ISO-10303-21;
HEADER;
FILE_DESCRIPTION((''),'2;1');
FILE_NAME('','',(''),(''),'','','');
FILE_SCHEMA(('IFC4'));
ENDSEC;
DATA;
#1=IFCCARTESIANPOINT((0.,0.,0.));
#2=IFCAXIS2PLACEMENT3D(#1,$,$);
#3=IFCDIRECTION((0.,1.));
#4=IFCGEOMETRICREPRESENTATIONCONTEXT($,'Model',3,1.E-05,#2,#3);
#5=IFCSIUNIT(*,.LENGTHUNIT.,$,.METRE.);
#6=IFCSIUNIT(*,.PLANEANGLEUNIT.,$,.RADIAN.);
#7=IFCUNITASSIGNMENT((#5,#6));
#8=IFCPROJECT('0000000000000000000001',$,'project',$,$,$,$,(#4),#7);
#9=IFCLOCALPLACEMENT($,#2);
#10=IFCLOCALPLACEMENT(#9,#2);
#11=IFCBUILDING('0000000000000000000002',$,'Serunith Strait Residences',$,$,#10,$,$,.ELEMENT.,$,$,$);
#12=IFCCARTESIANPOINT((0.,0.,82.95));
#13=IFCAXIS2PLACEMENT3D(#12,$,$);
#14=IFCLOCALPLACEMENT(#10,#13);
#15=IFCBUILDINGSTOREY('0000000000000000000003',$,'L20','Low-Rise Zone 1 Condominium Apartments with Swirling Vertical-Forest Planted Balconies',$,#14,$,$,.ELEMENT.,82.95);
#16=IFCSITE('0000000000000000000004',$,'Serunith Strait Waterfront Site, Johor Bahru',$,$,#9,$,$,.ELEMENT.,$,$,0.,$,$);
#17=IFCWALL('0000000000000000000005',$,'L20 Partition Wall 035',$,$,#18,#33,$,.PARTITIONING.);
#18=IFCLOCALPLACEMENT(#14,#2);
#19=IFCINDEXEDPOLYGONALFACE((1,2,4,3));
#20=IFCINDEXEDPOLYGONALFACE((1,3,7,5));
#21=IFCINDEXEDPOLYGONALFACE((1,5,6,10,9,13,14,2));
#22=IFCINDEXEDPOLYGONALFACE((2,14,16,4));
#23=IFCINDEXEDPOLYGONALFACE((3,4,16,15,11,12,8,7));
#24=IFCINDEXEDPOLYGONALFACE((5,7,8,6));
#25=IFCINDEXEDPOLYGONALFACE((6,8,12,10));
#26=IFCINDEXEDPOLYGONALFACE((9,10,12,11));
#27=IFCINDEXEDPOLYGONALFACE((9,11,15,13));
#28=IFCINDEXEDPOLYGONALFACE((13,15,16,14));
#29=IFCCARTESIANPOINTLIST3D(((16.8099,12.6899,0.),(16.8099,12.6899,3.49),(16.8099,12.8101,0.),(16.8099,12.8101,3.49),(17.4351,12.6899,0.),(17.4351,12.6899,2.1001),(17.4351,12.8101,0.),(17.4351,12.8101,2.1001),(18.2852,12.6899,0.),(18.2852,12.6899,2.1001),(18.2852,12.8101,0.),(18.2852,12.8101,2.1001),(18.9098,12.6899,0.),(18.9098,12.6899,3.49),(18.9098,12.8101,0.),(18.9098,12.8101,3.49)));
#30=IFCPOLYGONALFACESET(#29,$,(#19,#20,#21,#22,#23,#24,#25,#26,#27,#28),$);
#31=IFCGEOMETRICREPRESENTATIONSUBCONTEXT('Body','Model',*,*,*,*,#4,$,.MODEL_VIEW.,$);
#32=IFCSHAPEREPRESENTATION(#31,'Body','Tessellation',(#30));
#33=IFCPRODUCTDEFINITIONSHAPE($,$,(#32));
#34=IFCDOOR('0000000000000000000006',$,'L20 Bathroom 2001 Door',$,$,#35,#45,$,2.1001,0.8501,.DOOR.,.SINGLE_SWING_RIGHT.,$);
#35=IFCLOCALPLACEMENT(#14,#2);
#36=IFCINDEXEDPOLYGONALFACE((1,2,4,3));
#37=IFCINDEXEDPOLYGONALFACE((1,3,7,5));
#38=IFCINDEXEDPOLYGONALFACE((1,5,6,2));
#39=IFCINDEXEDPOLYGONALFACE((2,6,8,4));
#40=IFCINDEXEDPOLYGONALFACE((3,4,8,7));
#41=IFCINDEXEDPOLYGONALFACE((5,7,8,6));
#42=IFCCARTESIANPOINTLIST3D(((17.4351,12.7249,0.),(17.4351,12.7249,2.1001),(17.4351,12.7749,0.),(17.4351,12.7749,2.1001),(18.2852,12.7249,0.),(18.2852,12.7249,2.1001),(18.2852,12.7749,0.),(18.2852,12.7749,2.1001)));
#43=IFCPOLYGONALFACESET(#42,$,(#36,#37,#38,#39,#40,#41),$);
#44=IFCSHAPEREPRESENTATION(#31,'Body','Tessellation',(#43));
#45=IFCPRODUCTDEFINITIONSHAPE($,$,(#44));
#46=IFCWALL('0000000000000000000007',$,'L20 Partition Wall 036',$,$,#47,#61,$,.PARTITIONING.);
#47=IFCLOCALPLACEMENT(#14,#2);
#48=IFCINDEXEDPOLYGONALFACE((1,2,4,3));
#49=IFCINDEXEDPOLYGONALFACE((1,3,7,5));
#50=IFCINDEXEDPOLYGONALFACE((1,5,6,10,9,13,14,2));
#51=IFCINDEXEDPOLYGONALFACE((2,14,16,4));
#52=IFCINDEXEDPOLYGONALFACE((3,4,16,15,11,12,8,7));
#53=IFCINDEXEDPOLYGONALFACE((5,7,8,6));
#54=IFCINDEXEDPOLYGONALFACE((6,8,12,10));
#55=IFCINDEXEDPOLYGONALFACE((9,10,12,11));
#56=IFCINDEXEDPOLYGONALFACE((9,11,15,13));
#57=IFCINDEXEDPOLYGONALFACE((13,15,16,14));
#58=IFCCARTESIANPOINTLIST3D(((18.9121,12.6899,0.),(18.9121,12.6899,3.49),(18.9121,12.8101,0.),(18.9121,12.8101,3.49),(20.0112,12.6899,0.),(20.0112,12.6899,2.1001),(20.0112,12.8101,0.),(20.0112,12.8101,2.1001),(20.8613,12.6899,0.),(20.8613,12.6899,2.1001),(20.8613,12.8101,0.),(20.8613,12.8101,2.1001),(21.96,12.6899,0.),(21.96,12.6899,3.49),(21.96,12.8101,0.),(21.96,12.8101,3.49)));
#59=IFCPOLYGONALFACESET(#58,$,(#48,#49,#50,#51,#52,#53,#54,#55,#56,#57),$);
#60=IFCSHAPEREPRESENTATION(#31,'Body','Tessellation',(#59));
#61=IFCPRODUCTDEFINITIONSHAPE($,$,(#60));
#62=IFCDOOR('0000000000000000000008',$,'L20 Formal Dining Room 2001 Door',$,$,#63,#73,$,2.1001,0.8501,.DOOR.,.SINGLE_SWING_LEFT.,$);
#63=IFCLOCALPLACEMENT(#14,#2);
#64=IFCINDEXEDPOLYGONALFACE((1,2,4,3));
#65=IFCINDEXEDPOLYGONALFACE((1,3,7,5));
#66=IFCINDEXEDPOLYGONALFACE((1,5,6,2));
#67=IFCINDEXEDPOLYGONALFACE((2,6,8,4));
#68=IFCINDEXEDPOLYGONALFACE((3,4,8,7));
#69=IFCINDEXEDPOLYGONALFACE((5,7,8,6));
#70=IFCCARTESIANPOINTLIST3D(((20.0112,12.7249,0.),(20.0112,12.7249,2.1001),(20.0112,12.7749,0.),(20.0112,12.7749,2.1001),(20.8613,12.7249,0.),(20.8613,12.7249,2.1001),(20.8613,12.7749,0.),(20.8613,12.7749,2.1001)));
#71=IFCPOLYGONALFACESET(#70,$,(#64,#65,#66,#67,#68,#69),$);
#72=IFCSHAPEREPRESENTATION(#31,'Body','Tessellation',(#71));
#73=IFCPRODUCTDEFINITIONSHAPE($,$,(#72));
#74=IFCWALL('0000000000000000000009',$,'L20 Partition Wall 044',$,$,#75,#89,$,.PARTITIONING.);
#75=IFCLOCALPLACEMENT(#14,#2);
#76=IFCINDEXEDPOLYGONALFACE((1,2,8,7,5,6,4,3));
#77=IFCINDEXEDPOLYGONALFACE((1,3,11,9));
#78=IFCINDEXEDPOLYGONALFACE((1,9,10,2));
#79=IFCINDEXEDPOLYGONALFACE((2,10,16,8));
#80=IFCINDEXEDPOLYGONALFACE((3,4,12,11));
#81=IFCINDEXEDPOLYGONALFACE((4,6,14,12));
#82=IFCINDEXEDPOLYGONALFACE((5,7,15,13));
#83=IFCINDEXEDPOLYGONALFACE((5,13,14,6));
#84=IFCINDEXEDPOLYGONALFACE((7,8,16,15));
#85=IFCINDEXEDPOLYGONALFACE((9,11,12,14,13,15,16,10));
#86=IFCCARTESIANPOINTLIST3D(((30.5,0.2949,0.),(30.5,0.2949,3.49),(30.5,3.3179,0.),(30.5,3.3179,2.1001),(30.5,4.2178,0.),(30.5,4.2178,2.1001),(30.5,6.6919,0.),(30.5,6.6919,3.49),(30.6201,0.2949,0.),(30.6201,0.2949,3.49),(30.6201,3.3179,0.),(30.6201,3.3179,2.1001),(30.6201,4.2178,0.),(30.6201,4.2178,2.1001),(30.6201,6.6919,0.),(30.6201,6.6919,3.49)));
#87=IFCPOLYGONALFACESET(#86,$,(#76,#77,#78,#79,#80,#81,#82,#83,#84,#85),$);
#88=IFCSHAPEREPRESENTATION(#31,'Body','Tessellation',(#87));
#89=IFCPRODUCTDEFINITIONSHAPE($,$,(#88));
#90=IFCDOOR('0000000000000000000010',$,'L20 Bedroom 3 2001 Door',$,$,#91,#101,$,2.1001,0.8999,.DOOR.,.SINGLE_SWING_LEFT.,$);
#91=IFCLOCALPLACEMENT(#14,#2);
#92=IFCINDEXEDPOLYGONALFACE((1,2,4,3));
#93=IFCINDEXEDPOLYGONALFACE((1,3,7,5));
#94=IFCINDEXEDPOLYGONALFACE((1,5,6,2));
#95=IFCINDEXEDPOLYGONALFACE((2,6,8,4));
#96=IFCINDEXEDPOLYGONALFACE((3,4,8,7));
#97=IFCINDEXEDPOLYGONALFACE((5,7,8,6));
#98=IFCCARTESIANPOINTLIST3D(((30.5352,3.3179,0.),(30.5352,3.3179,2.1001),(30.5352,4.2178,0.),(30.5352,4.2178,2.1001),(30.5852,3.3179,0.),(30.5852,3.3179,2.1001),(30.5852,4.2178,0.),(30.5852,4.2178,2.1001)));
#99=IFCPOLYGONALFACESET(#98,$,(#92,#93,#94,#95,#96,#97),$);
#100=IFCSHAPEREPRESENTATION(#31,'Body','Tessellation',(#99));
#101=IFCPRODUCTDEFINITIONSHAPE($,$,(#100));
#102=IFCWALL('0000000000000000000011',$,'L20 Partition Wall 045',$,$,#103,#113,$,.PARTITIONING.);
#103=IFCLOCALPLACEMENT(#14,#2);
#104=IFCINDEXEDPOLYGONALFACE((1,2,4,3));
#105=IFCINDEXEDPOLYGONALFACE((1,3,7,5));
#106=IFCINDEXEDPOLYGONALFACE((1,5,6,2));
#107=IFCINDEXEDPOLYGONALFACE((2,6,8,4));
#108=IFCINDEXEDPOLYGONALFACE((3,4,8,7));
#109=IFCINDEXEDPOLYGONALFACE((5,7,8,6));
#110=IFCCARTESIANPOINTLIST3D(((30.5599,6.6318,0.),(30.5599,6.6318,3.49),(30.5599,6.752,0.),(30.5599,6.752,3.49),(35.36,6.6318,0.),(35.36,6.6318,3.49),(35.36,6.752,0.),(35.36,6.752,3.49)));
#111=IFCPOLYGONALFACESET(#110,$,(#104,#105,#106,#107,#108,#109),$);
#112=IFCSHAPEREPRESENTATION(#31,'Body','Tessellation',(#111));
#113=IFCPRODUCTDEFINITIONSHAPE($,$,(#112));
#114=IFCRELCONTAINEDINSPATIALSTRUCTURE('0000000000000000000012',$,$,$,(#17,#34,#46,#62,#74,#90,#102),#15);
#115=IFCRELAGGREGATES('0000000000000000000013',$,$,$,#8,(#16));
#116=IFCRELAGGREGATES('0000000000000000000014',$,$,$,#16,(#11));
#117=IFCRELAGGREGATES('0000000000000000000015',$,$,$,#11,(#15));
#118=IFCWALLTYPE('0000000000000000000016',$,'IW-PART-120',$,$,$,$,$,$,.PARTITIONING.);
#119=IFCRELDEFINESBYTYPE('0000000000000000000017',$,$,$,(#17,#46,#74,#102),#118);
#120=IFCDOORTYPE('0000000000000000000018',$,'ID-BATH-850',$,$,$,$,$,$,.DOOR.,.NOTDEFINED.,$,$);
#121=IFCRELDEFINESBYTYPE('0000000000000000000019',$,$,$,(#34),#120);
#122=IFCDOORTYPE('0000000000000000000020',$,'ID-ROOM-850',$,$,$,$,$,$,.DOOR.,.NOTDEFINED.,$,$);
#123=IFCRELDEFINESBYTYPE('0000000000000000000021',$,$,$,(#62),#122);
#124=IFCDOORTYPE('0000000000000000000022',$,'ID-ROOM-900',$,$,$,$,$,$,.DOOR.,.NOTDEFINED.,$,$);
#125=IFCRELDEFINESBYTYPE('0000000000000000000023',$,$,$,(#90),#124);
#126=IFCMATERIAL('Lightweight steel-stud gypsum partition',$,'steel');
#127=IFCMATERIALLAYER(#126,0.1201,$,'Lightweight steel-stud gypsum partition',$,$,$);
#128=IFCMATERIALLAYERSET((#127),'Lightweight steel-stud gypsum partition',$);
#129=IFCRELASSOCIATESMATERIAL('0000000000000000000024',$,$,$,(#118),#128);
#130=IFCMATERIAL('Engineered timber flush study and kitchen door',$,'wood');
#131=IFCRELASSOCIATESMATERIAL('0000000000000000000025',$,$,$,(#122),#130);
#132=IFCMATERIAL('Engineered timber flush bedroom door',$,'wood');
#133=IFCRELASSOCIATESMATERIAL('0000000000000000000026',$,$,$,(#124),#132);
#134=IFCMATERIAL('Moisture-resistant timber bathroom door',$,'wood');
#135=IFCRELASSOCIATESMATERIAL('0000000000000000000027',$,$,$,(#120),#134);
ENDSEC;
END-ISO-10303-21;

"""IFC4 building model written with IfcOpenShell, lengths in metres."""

from ifc_helpers import new_model, si_unit, direction, frame, frame_2d, origin, place, context, subcontext, project, spatial, rectangle, extrude, source, transform, mapped, material, layer, layer_set, type_object, element, fill, save


model = new_model("IFC4")

# Units and contexts
model_context = context("Model", 3, precision=1e-05, world=origin(), true_north=direction((0.0, 1.0)))
body_context = subcontext(model_context, "Body", "Model", "MODEL_VIEW")
ifc_project = project(units=[si_unit("LENGTHUNIT", "METRE"), si_unit("PLANEANGLEUNIT", "RADIAN")], contexts=[model_context])

# Site, building, storey
site_placement = place(None, origin())
site = spatial("IfcSite", under=ifc_project, at=site_placement, Name="Serunith Strait Waterfront Site, Johor Bahru", CompositionType="ELEMENT", RefElevation=0.0)
building_placement = place(site_placement, origin())
building = spatial("IfcBuilding", under=site, at=building_placement, Name="Serunith Strait Residences", CompositionType="ELEMENT")
storey_placement = place(building_placement, frame((0.0, 0.0, 82.95)))
storey = spatial("IfcBuildingStorey", under=building, at=storey_placement, Name="L20", Description="Low-Rise Zone 1 Condominium Apartments with Swirling Vertical-Forest Planted Balconies", CompositionType="ELEMENT", Elevation=82.95)

# Shared definitions
ifc_material_1 = material(Name="Lightweight steel-stud gypsum partition", Category="steel")
ifc_layer_1 = layer(ifc_material_1, 0.1201, Name="Lightweight steel-stud gypsum partition")
ifc_layer_set_1 = layer_set([ifc_layer_1], Name="Lightweight steel-stud gypsum partition")
wall_type = type_object("IfcWallType", Name="IW-PART-120", PredefinedType="PARTITIONING", material=ifc_layer_set_1)
ifc_material_2 = material(Name="Engineered timber flush study and kitchen door", Category="wood")
door_type_1 = type_object("IfcDoorType", Name="ID-ROOM-850", OperationType="NOTDEFINED", PredefinedType="DOOR", material=ifc_material_2)
shared_shape_1 = source(origin(), body_context, "Body", "SweptSolid", [
    extrude(rectangle(XDim=0.8501, YDim=2.1001, at=frame_2d((0.425, 1.05))), frame((0.0, 0.0249, 0.0), z_axis=(0.0, -1.0, 0.0), x_axis=(1.0, 0.0, 0.0)), (0.0, 0.0, 1.0), 0.05),
])

# Shared definitions
ifc_material_3 = material(Name="Engineered timber flush bedroom door", Category="wood")
door_type_2 = type_object("IfcDoorType", Name="ID-ROOM-900", OperationType="NOTDEFINED", PredefinedType="DOOR", material=ifc_material_3)
shared_shape_2 = source(origin(), body_context, "Body", "SweptSolid", [
    extrude(rectangle(XDim=0.8999, YDim=2.1001, at=frame_2d((0.45, 1.05))), frame((0.0, 0.0249, 0.0), z_axis=(0.0, -1.0, 0.0), x_axis=(1.0, 0.0, 0.0)), (0.0, 0.0, 1.0), 0.05),
])

# Walls, openings, doors
wall_1_placement = place(storey_placement, frame((16.8101, 12.75, 0.0), z_axis=(0.0, 0.0, 1.0), x_axis=(1.0, 0.0, 0.0)))
wall_1 = element("IfcWall", 1, at=wall_1_placement, inside=storey, type_object=wall_type, Name="L20 Partition Wall 035", PredefinedType="PARTITIONING", context=body_context, shape_type="SweptSolid", body=[
    extrude(rectangle(XDim=2.0999, YDim=0.1201, at=frame_2d((1.0498, 0.0))), origin(), (0.0, 0.0, 1.0), 3.49),
])
opening_1_placement = place(wall_1_placement, frame((0.625, 0.0, 0.0)))
opening_1 = element("IfcOpeningElement", 2, at=opening_1_placement, cuts=wall_1, PredefinedType="OPENING", context=body_context, shape_type="SweptSolid", body=[
    extrude(rectangle(XDim=0.8501, YDim=2.1001, at=frame_2d((0.425, 1.05))), frame((0.0, 0.0701, 0.0), z_axis=(0.0, -1.0, 0.0), x_axis=(1.0, 0.0, 0.0)), (0.0, 0.0, 1.0), 0.1401),
])
ifc_material_4 = material(Name="Moisture-resistant timber bathroom door", Category="wood")
door_type_3 = type_object("IfcDoorType", Name="ID-BATH-850", OperationType="NOTDEFINED", PredefinedType="DOOR", material=ifc_material_4)
door_1_placement = place(opening_1_placement, origin())
door_1 = element("IfcDoor", 3, at=door_1_placement, inside=storey, type_object=door_type_3, Name="L20 Bathroom 2001 Door", OperationType="SINGLE_SWING_RIGHT", OverallHeight=2.1001, OverallWidth=0.8501, PredefinedType="DOOR", context=body_context, shape_type="MappedRepresentation", body=[
    mapped(shared_shape_1, transform((0.0, 0.0, 0.0), scale=1.0)),
])
fill(opening_1, door_1)
wall_2_placement = place(storey_placement, frame((18.9121, 12.75, 0.0), z_axis=(0.0, 0.0, 1.0), x_axis=(1.0, 0.0, 0.0)))
wall_2 = element("IfcWall", 4, at=wall_2_placement, inside=storey, type_object=wall_type, Name="L20 Partition Wall 036", PredefinedType="PARTITIONING", context=body_context, shape_type="SweptSolid", body=[
    extrude(rectangle(XDim=3.0479, YDim=0.1201, at=frame_2d((1.5239, 0.0))), origin(), (0.0, 0.0, 1.0), 3.49),
])
opening_2_placement = place(wall_2_placement, frame((1.0991, 0.0, 0.0)))
opening_2 = element("IfcOpeningElement", 5, at=opening_2_placement, cuts=wall_2, PredefinedType="OPENING", context=body_context, shape_type="SweptSolid", body=[
    extrude(rectangle(XDim=0.8501, YDim=2.1001, at=frame_2d((0.425, 1.05))), frame((0.0, 0.0701, 0.0), z_axis=(0.0, -1.0, 0.0), x_axis=(1.0, 0.0, 0.0)), (0.0, 0.0, 1.0), 0.1401),
])
door_2_placement = place(opening_2_placement, origin())
door_2 = element("IfcDoor", 6, at=door_2_placement, inside=storey, type_object=door_type_1, Name="L20 Formal Dining Room 2001 Door", OperationType="SINGLE_SWING_LEFT", OverallHeight=2.1001, OverallWidth=0.8501, PredefinedType="DOOR", context=body_context, shape_type="MappedRepresentation", body=[
    mapped(shared_shape_1, transform((0.0, 0.0, 0.0), scale=1.0)),
])
fill(opening_2, door_2)
wall_3_placement = place(storey_placement, frame((30.5601, 0.2949, 0.0), z_axis=(0.0, 0.0, 1.0), x_axis=(0.0, 1.0, 0.0)))
wall_3 = element("IfcWall", 7, at=wall_3_placement, inside=storey, type_object=wall_type, Name="L20 Partition Wall 044", PredefinedType="PARTITIONING", context=body_context, shape_type="SweptSolid", body=[
    extrude(rectangle(XDim=6.397, YDim=0.1201, at=frame_2d((3.1985, 0.0))), origin(), (0.0, 0.0, 1.0), 3.49),
])
opening_3_placement = place(wall_3_placement, frame((3.0229, 0.0, 0.0)))
opening_3 = element("IfcOpeningElement", 8, at=opening_3_placement, cuts=wall_3, PredefinedType="OPENING", context=body_context, shape_type="SweptSolid", body=[
    extrude(rectangle(XDim=0.8999, YDim=2.1001, at=frame_2d((0.45, 1.05))), frame((0.0, 0.0701, 0.0), z_axis=(0.0, -1.0, 0.0), x_axis=(1.0, 0.0, 0.0)), (0.0, 0.0, 1.0), 0.1401),
])
door_3_placement = place(opening_3_placement, origin())
door_3 = element("IfcDoor", 9, at=door_3_placement, inside=storey, type_object=door_type_2, Name="L20 Bedroom 3 2001 Door", OperationType="SINGLE_SWING_LEFT", OverallHeight=2.1001, OverallWidth=0.8999, PredefinedType="DOOR", context=body_context, shape_type="MappedRepresentation", body=[
    mapped(shared_shape_2, transform((0.0, 0.0, 0.0), scale=1.0)),
])
fill(opening_3, door_3)

# Wall
wall_4_placement = place(storey_placement, frame((30.5601, 6.6919, 0.0), z_axis=(0.0, 0.0, 1.0), x_axis=(1.0, 0.0, 0.0)))
element("IfcWall", 10, at=wall_4_placement, inside=storey, type_object=wall_type, Name="L20 Partition Wall 045", PredefinedType="PARTITIONING", context=body_context, shape_type="SweptSolid", body=[
    extrude(rectangle(XDim=4.8, YDim=0.1201, at=frame_2d((2.3999, 0.0))), origin(), (0.0, 0.0, 1.0), 3.49),
])

save(model, "model.ifc")
